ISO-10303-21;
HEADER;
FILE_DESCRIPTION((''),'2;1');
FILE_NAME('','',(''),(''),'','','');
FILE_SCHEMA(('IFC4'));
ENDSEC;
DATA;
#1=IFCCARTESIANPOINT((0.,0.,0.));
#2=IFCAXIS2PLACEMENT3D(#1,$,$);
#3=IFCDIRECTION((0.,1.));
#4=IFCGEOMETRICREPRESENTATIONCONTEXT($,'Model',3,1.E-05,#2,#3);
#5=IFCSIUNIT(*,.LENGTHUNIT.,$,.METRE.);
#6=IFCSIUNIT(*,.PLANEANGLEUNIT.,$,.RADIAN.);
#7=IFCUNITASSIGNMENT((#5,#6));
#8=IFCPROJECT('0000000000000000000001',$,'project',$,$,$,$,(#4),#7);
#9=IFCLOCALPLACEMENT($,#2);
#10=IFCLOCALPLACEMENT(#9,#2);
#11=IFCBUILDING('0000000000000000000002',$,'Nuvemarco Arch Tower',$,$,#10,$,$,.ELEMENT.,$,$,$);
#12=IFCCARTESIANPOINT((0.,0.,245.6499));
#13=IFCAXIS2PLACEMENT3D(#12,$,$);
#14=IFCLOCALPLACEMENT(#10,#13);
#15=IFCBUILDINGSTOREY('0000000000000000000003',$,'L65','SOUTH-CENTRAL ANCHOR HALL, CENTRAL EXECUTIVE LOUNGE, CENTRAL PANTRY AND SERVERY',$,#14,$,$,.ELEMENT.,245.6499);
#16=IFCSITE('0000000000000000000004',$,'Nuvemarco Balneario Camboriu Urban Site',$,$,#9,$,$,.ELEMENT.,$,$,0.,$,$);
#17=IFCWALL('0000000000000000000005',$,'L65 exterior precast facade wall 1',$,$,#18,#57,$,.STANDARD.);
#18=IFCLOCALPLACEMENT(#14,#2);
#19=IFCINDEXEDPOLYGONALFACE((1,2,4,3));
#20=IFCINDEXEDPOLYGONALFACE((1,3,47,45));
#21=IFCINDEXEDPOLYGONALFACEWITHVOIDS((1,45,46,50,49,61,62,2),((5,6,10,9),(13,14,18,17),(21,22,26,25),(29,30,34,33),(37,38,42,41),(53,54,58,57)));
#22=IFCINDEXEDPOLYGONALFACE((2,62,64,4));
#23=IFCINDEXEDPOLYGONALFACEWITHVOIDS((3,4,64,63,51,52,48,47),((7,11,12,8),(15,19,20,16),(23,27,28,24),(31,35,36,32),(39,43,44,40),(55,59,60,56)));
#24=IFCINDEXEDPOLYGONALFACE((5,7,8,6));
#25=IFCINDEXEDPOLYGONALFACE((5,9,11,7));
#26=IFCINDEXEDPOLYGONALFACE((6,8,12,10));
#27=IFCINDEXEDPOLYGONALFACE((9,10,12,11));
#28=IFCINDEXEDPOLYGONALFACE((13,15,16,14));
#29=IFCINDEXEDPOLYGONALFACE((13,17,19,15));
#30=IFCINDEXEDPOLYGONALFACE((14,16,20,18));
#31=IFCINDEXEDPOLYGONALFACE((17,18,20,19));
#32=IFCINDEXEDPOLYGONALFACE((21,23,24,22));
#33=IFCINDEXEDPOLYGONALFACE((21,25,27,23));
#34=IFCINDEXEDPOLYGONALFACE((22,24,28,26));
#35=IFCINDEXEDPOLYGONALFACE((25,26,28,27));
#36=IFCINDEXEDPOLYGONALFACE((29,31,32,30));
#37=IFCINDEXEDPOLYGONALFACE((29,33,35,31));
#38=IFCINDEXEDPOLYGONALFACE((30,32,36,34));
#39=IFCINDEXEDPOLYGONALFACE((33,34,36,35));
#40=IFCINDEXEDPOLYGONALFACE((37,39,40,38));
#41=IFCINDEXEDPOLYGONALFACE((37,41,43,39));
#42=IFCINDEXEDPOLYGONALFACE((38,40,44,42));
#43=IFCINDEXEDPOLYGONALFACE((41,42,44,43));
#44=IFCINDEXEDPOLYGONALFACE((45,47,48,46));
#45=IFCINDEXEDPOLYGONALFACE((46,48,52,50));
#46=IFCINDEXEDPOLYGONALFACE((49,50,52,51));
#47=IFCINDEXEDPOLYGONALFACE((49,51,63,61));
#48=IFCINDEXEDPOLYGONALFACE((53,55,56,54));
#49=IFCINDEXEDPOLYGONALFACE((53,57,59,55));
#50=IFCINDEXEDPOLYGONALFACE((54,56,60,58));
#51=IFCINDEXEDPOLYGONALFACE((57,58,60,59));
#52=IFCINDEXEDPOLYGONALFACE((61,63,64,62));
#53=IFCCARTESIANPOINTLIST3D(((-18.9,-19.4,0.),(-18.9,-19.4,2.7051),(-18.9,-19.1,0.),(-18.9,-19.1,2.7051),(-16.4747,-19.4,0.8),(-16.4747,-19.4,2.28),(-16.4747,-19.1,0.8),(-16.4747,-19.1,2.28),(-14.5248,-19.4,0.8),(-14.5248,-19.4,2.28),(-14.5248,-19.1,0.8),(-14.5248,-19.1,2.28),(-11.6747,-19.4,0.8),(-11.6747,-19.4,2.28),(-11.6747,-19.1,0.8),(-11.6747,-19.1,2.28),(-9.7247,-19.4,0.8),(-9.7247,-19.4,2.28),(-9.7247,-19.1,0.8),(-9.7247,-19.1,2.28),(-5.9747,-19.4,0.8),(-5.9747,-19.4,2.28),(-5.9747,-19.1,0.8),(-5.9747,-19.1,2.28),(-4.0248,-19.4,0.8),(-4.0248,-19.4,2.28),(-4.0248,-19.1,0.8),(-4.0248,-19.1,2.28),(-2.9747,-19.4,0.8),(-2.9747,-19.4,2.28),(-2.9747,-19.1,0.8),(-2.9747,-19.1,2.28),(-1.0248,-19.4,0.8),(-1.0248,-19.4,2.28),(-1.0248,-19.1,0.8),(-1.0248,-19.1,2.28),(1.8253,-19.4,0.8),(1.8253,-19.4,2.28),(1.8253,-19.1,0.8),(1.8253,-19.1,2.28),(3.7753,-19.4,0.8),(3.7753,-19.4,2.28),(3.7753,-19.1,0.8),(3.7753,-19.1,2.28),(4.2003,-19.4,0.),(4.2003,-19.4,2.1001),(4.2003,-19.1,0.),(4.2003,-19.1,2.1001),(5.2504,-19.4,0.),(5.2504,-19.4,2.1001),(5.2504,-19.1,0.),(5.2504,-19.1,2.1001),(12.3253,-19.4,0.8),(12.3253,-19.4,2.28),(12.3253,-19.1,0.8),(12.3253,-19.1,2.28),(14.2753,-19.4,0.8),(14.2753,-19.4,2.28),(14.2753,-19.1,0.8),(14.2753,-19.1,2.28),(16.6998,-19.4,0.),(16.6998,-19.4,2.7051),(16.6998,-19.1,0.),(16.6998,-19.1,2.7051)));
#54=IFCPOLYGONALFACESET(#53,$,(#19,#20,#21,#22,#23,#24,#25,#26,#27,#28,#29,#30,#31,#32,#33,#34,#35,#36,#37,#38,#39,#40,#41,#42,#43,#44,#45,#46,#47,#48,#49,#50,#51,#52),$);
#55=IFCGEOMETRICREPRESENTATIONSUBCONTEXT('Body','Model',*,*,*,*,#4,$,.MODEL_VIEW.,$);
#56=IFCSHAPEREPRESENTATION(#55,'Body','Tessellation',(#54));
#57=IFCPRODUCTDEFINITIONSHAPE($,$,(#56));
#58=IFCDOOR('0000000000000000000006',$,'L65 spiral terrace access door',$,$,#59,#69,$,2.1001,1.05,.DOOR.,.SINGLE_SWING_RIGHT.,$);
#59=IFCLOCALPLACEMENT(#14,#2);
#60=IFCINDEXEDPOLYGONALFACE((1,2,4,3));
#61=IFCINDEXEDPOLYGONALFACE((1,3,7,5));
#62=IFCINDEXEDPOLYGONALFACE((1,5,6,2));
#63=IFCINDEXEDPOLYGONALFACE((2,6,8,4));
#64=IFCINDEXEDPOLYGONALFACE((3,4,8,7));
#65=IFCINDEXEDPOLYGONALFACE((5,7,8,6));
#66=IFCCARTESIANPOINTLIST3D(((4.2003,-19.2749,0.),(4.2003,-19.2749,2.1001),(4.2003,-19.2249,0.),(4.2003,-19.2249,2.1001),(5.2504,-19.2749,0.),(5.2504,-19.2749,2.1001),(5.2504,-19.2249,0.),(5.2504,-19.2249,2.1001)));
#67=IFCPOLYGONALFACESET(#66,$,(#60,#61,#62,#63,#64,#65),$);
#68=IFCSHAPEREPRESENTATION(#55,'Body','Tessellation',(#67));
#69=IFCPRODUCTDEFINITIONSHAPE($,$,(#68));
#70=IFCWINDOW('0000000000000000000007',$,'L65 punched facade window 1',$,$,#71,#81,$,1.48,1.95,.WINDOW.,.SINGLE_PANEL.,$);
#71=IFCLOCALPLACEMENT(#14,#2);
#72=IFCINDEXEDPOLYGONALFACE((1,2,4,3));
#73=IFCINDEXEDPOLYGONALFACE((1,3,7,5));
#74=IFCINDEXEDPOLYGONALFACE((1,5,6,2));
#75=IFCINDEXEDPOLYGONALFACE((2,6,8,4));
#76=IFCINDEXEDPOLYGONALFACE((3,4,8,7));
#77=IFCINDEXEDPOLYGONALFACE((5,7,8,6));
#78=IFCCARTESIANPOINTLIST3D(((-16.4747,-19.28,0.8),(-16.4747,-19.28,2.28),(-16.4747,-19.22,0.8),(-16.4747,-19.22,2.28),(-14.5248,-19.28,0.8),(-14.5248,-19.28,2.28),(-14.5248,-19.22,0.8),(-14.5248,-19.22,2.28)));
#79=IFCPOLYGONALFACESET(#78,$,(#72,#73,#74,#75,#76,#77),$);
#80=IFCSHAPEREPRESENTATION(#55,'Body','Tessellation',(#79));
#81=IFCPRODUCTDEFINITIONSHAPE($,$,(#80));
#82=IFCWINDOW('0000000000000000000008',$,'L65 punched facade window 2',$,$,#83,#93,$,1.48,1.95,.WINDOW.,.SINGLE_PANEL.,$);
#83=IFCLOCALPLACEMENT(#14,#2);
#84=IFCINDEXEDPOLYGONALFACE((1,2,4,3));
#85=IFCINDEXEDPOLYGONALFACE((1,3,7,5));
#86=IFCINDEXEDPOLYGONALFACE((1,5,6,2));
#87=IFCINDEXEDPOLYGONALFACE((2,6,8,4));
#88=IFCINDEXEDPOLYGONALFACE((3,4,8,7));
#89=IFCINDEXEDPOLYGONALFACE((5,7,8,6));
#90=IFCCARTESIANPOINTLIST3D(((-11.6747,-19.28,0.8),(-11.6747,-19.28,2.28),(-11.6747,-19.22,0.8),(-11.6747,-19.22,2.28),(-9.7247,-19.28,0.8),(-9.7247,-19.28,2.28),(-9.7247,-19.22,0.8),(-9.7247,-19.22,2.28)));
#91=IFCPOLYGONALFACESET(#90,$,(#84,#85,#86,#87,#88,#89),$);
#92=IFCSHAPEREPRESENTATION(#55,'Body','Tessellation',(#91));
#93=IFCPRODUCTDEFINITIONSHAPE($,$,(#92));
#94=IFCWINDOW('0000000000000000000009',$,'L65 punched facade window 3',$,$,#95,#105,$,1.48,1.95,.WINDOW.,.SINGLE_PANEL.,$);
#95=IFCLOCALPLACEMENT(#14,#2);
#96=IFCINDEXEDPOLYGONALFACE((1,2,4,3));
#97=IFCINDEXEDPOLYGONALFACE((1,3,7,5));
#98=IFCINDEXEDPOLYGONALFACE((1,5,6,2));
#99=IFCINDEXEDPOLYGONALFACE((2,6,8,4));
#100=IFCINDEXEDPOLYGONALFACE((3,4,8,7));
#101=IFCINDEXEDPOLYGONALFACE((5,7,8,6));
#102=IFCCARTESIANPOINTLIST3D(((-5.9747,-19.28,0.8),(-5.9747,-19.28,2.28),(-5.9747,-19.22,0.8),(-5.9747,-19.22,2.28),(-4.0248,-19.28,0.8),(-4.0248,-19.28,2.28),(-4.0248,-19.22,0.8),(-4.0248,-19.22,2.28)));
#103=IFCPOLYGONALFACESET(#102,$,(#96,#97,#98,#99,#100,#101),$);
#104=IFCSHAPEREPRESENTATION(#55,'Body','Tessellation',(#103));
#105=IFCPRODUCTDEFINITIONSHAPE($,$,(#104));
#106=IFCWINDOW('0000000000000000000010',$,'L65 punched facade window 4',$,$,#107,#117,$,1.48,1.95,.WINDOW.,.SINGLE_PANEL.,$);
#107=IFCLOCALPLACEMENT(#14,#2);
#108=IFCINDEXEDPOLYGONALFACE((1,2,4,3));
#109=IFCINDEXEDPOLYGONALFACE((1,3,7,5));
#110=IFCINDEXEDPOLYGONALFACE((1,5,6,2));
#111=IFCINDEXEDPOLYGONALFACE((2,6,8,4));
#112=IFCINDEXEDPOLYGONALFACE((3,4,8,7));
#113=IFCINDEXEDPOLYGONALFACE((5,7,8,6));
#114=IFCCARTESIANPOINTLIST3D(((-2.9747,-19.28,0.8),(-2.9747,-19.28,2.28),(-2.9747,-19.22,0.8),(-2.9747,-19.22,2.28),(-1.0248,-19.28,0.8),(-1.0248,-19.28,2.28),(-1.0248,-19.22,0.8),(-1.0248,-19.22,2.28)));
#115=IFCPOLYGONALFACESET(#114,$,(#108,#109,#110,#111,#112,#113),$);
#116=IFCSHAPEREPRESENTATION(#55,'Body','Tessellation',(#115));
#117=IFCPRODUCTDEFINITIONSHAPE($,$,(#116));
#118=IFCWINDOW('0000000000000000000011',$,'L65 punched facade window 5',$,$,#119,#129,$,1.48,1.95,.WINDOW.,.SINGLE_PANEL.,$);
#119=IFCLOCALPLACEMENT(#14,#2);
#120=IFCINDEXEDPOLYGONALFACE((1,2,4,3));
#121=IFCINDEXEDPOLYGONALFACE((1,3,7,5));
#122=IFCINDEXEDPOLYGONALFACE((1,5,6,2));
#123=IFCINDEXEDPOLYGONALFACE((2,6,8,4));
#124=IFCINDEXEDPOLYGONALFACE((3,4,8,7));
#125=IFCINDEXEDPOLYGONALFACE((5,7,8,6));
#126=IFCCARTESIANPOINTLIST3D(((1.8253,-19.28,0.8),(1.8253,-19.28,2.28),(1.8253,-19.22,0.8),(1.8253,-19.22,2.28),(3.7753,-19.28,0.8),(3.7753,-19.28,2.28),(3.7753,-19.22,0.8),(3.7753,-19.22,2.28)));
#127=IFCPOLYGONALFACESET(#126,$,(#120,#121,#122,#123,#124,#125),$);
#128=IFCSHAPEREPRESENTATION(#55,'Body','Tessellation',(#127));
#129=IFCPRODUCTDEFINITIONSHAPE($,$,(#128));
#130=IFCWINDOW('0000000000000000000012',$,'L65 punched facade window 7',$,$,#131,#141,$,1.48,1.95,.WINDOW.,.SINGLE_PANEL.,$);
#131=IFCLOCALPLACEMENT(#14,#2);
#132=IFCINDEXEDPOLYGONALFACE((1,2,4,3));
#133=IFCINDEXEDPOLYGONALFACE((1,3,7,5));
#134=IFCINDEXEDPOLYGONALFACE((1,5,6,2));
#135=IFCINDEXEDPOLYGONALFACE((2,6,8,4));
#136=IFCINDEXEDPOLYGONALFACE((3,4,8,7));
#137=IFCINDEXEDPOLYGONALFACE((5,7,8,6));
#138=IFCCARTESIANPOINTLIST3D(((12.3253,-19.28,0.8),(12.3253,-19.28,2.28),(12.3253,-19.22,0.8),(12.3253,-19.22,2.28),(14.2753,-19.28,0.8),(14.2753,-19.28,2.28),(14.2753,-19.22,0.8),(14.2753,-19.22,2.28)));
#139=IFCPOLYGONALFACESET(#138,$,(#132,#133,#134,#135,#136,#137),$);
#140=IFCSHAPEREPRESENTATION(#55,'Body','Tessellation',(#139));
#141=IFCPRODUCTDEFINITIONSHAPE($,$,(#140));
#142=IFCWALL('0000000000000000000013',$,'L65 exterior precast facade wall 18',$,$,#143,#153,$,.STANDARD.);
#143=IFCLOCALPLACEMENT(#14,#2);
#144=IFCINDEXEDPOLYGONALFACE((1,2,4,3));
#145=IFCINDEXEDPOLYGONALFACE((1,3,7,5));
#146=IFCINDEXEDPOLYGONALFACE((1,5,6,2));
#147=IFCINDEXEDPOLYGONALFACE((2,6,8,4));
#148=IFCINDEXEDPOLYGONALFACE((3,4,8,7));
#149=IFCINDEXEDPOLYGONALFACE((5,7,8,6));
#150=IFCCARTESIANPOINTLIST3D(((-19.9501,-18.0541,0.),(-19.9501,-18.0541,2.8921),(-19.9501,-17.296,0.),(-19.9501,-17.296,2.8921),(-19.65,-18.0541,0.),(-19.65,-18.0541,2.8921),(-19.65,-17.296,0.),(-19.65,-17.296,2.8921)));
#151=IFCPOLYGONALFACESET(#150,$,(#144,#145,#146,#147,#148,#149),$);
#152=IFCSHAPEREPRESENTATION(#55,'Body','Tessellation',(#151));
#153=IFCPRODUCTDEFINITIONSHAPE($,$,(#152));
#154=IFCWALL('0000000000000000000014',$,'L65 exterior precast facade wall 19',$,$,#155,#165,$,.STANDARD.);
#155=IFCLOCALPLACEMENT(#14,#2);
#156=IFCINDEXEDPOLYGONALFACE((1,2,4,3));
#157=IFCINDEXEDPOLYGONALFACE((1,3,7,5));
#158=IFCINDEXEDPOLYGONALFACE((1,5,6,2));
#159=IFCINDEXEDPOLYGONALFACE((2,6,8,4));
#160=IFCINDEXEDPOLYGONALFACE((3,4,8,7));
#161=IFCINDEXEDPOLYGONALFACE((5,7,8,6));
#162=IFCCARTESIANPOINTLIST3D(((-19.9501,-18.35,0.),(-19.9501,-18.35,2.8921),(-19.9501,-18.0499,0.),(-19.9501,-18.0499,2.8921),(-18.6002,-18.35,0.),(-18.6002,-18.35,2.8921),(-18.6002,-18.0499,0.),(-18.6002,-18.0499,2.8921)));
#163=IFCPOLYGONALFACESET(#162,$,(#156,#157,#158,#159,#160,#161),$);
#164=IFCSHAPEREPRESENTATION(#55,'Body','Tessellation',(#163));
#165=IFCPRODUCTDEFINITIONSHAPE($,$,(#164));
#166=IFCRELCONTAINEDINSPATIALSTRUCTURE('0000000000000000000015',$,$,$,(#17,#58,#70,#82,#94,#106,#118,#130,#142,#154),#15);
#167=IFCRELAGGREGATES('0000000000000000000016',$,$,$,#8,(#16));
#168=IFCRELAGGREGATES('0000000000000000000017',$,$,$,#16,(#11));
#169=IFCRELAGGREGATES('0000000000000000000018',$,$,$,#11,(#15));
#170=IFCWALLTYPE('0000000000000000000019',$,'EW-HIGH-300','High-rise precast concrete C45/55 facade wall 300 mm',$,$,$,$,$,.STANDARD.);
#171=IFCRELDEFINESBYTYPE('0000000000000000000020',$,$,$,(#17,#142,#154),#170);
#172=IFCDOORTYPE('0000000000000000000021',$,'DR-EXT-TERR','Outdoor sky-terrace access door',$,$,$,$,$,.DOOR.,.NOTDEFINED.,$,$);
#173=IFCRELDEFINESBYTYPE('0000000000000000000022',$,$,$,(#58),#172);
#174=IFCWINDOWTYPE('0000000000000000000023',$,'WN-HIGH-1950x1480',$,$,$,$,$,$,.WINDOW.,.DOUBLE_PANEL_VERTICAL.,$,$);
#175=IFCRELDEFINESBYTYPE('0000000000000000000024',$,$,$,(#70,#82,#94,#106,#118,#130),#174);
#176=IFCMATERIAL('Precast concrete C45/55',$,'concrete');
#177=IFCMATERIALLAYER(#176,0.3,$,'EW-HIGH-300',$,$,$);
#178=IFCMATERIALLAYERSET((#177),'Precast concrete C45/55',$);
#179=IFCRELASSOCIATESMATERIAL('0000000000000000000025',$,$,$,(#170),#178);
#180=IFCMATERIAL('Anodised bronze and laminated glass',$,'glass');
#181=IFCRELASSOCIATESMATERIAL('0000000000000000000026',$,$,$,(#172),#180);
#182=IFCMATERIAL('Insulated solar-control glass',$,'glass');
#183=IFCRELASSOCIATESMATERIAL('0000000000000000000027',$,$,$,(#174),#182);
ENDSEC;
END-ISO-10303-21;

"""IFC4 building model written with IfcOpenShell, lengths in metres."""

from ifc_helpers import new_model, si_unit, direction, frame, frame_2d, origin, place, context, subcontext, project, spatial, rectangle, extrude, source, transform, mapped, material, layer, layer_set, type_object, type_shapes, element, fill, save


model = new_model("IFC4")

# Units and contexts
model_context = context("Model", 3, precision=1e-05, world=origin(), true_north=direction((0.0, 1.0)))
body_context = subcontext(model_context, "Body", "Model", "MODEL_VIEW")
ifc_project = project(units=[si_unit("LENGTHUNIT", "METRE"), si_unit("PLANEANGLEUNIT", "RADIAN")], contexts=[model_context])

# Site, building, storey
site_placement = place(None, origin())
site = spatial("IfcSite", under=ifc_project, at=site_placement, Name="Nuvemarco Balneario Camboriu Urban Site", CompositionType="ELEMENT", RefElevation=0.0)
building_placement = place(site_placement, origin())
building = spatial("IfcBuilding", under=site, at=building_placement, Name="Nuvemarco Arch Tower", CompositionType="ELEMENT")
storey_placement = place(building_placement, frame((0.0, 0.0, 245.6499)))
storey = spatial("IfcBuildingStorey", under=building, at=storey_placement, Name="L65", Description="SOUTH-CENTRAL ANCHOR HALL, CENTRAL EXECUTIVE LOUNGE, CENTRAL PANTRY AND SERVERY", CompositionType="ELEMENT", Elevation=245.6499)

# Wall, openings, door, windows
ifc_material_1 = material(Name="Precast concrete C45/55", Category="concrete")
ifc_layer_1 = layer(ifc_material_1, 0.3, Name="EW-HIGH-300")
ifc_layer_set_1 = layer_set([ifc_layer_1], Name="Precast concrete C45/55")
wall_type_1 = type_object("IfcWallType", Name="EW-HIGH-300", Description="High-rise precast concrete C45/55 facade wall 300 mm", PredefinedType="STANDARD", material=ifc_layer_set_1)
wall_1_placement = place(storey_placement, frame((-18.8999, -19.25, 0.0), z_axis=(0.0, 0.0, 1.0), x_axis=(1.0, 0.0, 0.0)))
wall_1 = element("IfcWall", 1, at=wall_1_placement, inside=storey, type_object=wall_type_1, Name="L65 exterior precast facade wall 1", PredefinedType="STANDARD", context=body_context, shape_type="SweptSolid", body=[
    extrude(rectangle(XDim=35.5999, YDim=0.3, at=frame_2d((17.7998, 0.0))), origin(), (0.0, 0.0, 1.0), 2.7051),
])
opening_1_placement = place(wall_1_placement, frame((24.1501, 0.0, 0.0), z_axis=(0.0, 0.0, 1.0), x_axis=(-1.0, 0.0, 0.0)))
opening_1 = element("IfcOpeningElement", 2, at=opening_1_placement, cuts=wall_1, PredefinedType="OPENING", context=body_context, shape_type="SweptSolid", body=[
    extrude(rectangle(XDim=1.05, YDim=2.1001, at=frame_2d((0.5249, 1.05))), frame((0.0, 0.1599, 0.0), z_axis=(0.0, -1.0, 0.0), x_axis=(1.0, 0.0, 0.0)), (0.0, 0.0, 1.0), 0.3201),
])
opening_2_placement = place(wall_1_placement, frame((2.425, 0.0, 0.8)))
opening_2 = element("IfcOpeningElement", 3, at=opening_2_placement, cuts=wall_1, PredefinedType="OPENING", context=body_context, shape_type="SweptSolid", body=[
    extrude(rectangle(XDim=1.95, YDim=1.48, at=frame_2d((0.9751, 0.74))), frame((0.0, 0.1599, 0.0), z_axis=(0.0, -1.0, 0.0), x_axis=(1.0, 0.0, 0.0)), (0.0, 0.0, 1.0), 0.3201),
])
opening_3_placement = place(wall_1_placement, frame((7.2251, 0.0, 0.8)))
opening_3 = element("IfcOpeningElement", 4, at=opening_3_placement, cuts=wall_1, PredefinedType="OPENING", context=body_context, shape_type="SweptSolid", body=[
    extrude(rectangle(XDim=1.95, YDim=1.48, at=frame_2d((0.9751, 0.74))), frame((0.0, 0.1599, 0.0), z_axis=(0.0, -1.0, 0.0), x_axis=(1.0, 0.0, 0.0)), (0.0, 0.0, 1.0), 0.3201),
])
opening_4_placement = place(wall_1_placement, frame((12.925, 0.0, 0.8)))
opening_4 = element("IfcOpeningElement", 5, at=opening_4_placement, cuts=wall_1, PredefinedType="OPENING", context=body_context, shape_type="SweptSolid", body=[
    extrude(rectangle(XDim=1.95, YDim=1.48, at=frame_2d((0.9751, 0.74))), frame((0.0, 0.1599, 0.0), z_axis=(0.0, -1.0, 0.0), x_axis=(1.0, 0.0, 0.0)), (0.0, 0.0, 1.0), 0.3201),
])
opening_5_placement = place(wall_1_placement, frame((15.925, 0.0, 0.8)))
opening_5 = element("IfcOpeningElement", 6, at=opening_5_placement, cuts=wall_1, PredefinedType="OPENING", context=body_context, shape_type="SweptSolid", body=[
    extrude(rectangle(XDim=1.95, YDim=1.48, at=frame_2d((0.9751, 0.74))), frame((0.0, 0.1599, 0.0), z_axis=(0.0, -1.0, 0.0), x_axis=(1.0, 0.0, 0.0)), (0.0, 0.0, 1.0), 0.3201),
])
opening_6_placement = place(wall_1_placement, frame((20.7251, 0.0, 0.8)))
opening_6 = element("IfcOpeningElement", 7, at=opening_6_placement, cuts=wall_1, PredefinedType="OPENING", context=body_context, shape_type="SweptSolid", body=[
    extrude(rectangle(XDim=1.95, YDim=1.48, at=frame_2d((0.9751, 0.74))), frame((0.0, 0.1599, 0.0), z_axis=(0.0, -1.0, 0.0), x_axis=(1.0, 0.0, 0.0)), (0.0, 0.0, 1.0), 0.3201),
])
opening_7_placement = place(wall_1_placement, frame((31.2251, 0.0, 0.8)))
opening_7 = element("IfcOpeningElement", 8, at=opening_7_placement, cuts=wall_1, PredefinedType="OPENING", context=body_context, shape_type="SweptSolid", body=[
    extrude(rectangle(XDim=1.95, YDim=1.48, at=frame_2d((0.9751, 0.74))), frame((0.0, 0.1599, 0.0), z_axis=(0.0, -1.0, 0.0), x_axis=(1.0, 0.0, 0.0)), (0.0, 0.0, 1.0), 0.3201),
])
ifc_material_2 = material(Name="Anodised bronze and laminated glass", Category="glass")
door_type = type_object("IfcDoorType", Name="DR-EXT-TERR", Description="Outdoor sky-terrace access door", OperationType="NOTDEFINED", PredefinedType="DOOR", material=ifc_material_2)
shared_shape_1 = source(origin(), body_context, "Body", "SweptSolid", [
    extrude(rectangle(XDim=1.05, YDim=2.1001, at=frame_2d((0.5249, 1.05))), frame((0.0, 0.0249, 0.0), z_axis=(0.0, -1.0, 0.0), x_axis=(1.0, 0.0, 0.0)), (0.0, 0.0, 1.0), 0.05),
])
type_shapes(door_type, [shared_shape_1])
door_placement = place(opening_1_placement, origin())
door = element("IfcDoor", 9, at=door_placement, inside=storey, type_object=door_type, Name="L65 spiral terrace access door", OperationType="SINGLE_SWING_RIGHT", OverallHeight=2.1001, OverallWidth=1.05, PredefinedType="DOOR", context=body_context, shape_type="MappedRepresentation", body=[
    mapped(shared_shape_1, transform((0.0, 0.0, 0.0), scale=1.0)),
])
fill(opening_1, door)
ifc_material_3 = material(Name="Insulated solar-control glass", Category="glass")
window_type = type_object("IfcWindowType", Name="WN-HIGH-1950x1480", PartitioningType="DOUBLE_PANEL_VERTICAL", PredefinedType="WINDOW", material=ifc_material_3)
shared_shape_2 = source(origin(), body_context, "Body", "SweptSolid", [
    extrude(rectangle(XDim=1.95, YDim=1.48, at=frame_2d((0.9751, 0.74))), frame((0.0, 0.03, 0.0), z_axis=(0.0, -1.0, 0.0), x_axis=(1.0, 0.0, 0.0)), (0.0, 0.0, 1.0), 0.0601),
])
type_shapes(window_type, [shared_shape_2])
window_1_placement = place(opening_2_placement, origin())
window_1 = element("IfcWindow", 10, at=window_1_placement, inside=storey, type_object=window_type, Name="L65 punched facade window 1", OverallHeight=1.48, OverallWidth=1.95, PartitioningType="SINGLE_PANEL", PredefinedType="WINDOW", context=body_context, shape_type="MappedRepresentation", body=[
    mapped(shared_shape_2, transform((0.0, 0.0, 0.0), scale=1.0)),
])
fill(opening_2, window_1)
window_2_placement = place(opening_3_placement, origin())
window_2 = element("IfcWindow", 11, at=window_2_placement, inside=storey, type_object=window_type, Name="L65 punched facade window 2", OverallHeight=1.48, OverallWidth=1.95, PartitioningType="SINGLE_PANEL", PredefinedType="WINDOW", context=body_context, shape_type="MappedRepresentation", body=[
    mapped(shared_shape_2, transform((0.0, 0.0, 0.0), scale=1.0)),
])
fill(opening_3, window_2)
window_3_placement = place(opening_4_placement, origin())
window_3 = element("IfcWindow", 12, at=window_3_placement, inside=storey, type_object=window_type, Name="L65 punched facade window 3", OverallHeight=1.48, OverallWidth=1.95, PartitioningType="SINGLE_PANEL", PredefinedType="WINDOW", context=body_context, shape_type="MappedRepresentation", body=[
    mapped(shared_shape_2, transform((0.0, 0.0, 0.0), scale=1.0)),
])
fill(opening_4, window_3)
window_4_placement = place(opening_5_placement, origin())
window_4 = element("IfcWindow", 13, at=window_4_placement, inside=storey, type_object=window_type, Name="L65 punched facade window 4", OverallHeight=1.48, OverallWidth=1.95, PartitioningType="SINGLE_PANEL", PredefinedType="WINDOW", context=body_context, shape_type="MappedRepresentation", body=[
    mapped(shared_shape_2, transform((0.0, 0.0, 0.0), scale=1.0)),
])
fill(opening_5, window_4)
window_5_placement = place(opening_6_placement, origin())
window_5 = element("IfcWindow", 14, at=window_5_placement, inside=storey, type_object=window_type, Name="L65 punched facade window 5", OverallHeight=1.48, OverallWidth=1.95, PartitioningType="SINGLE_PANEL", PredefinedType="WINDOW", context=body_context, shape_type="MappedRepresentation", body=[
    mapped(shared_shape_2, transform((0.0, 0.0, 0.0), scale=1.0)),
])
fill(opening_6, window_5)
window_6_placement = place(opening_7_placement, origin())
window_6 = element("IfcWindow", 15, at=window_6_placement, inside=storey, type_object=window_type, Name="L65 punched facade window 7", OverallHeight=1.48, OverallWidth=1.95, PartitioningType="SINGLE_PANEL", PredefinedType="WINDOW", context=body_context, shape_type="MappedRepresentation", body=[
    mapped(shared_shape_2, transform((0.0, 0.0, 0.0), scale=1.0)),
])
fill(opening_7, window_6)

# Walls
wall_2_placement = place(storey_placement, frame((-19.8, -18.054, 0.0), z_axis=(0.0, 0.0, 1.0), x_axis=(0.0, 1.0, 0.0)))
element("IfcWall", 16, at=wall_2_placement, inside=storey, type_object=wall_type_1, Name="L65 exterior precast facade wall 18", PredefinedType="STANDARD", context=body_context, shape_type="SweptSolid", body=[
    extrude(rectangle(XDim=0.7581, YDim=0.3, at=frame_2d((0.3789, 0.0))), origin(), (0.0, 0.0, 1.0), 2.8921),
])
wall_3_placement = place(storey_placement, frame((-19.95, -18.2, 0.0), z_axis=(0.0, 0.0, 1.0), x_axis=(1.0, 0.0, 0.0)))
element("IfcWall", 17, at=wall_3_placement, inside=storey, type_object=wall_type_1, Name="L65 exterior precast facade wall 19", PredefinedType="STANDARD", context=body_context, shape_type="SweptSolid", body=[
    extrude(rectangle(XDim=1.3499, YDim=0.3, at=frame_2d((0.6748, 0.0))), origin(), (0.0, 0.0, 1.0), 2.8921),
])

save(model, "model.ifc")
